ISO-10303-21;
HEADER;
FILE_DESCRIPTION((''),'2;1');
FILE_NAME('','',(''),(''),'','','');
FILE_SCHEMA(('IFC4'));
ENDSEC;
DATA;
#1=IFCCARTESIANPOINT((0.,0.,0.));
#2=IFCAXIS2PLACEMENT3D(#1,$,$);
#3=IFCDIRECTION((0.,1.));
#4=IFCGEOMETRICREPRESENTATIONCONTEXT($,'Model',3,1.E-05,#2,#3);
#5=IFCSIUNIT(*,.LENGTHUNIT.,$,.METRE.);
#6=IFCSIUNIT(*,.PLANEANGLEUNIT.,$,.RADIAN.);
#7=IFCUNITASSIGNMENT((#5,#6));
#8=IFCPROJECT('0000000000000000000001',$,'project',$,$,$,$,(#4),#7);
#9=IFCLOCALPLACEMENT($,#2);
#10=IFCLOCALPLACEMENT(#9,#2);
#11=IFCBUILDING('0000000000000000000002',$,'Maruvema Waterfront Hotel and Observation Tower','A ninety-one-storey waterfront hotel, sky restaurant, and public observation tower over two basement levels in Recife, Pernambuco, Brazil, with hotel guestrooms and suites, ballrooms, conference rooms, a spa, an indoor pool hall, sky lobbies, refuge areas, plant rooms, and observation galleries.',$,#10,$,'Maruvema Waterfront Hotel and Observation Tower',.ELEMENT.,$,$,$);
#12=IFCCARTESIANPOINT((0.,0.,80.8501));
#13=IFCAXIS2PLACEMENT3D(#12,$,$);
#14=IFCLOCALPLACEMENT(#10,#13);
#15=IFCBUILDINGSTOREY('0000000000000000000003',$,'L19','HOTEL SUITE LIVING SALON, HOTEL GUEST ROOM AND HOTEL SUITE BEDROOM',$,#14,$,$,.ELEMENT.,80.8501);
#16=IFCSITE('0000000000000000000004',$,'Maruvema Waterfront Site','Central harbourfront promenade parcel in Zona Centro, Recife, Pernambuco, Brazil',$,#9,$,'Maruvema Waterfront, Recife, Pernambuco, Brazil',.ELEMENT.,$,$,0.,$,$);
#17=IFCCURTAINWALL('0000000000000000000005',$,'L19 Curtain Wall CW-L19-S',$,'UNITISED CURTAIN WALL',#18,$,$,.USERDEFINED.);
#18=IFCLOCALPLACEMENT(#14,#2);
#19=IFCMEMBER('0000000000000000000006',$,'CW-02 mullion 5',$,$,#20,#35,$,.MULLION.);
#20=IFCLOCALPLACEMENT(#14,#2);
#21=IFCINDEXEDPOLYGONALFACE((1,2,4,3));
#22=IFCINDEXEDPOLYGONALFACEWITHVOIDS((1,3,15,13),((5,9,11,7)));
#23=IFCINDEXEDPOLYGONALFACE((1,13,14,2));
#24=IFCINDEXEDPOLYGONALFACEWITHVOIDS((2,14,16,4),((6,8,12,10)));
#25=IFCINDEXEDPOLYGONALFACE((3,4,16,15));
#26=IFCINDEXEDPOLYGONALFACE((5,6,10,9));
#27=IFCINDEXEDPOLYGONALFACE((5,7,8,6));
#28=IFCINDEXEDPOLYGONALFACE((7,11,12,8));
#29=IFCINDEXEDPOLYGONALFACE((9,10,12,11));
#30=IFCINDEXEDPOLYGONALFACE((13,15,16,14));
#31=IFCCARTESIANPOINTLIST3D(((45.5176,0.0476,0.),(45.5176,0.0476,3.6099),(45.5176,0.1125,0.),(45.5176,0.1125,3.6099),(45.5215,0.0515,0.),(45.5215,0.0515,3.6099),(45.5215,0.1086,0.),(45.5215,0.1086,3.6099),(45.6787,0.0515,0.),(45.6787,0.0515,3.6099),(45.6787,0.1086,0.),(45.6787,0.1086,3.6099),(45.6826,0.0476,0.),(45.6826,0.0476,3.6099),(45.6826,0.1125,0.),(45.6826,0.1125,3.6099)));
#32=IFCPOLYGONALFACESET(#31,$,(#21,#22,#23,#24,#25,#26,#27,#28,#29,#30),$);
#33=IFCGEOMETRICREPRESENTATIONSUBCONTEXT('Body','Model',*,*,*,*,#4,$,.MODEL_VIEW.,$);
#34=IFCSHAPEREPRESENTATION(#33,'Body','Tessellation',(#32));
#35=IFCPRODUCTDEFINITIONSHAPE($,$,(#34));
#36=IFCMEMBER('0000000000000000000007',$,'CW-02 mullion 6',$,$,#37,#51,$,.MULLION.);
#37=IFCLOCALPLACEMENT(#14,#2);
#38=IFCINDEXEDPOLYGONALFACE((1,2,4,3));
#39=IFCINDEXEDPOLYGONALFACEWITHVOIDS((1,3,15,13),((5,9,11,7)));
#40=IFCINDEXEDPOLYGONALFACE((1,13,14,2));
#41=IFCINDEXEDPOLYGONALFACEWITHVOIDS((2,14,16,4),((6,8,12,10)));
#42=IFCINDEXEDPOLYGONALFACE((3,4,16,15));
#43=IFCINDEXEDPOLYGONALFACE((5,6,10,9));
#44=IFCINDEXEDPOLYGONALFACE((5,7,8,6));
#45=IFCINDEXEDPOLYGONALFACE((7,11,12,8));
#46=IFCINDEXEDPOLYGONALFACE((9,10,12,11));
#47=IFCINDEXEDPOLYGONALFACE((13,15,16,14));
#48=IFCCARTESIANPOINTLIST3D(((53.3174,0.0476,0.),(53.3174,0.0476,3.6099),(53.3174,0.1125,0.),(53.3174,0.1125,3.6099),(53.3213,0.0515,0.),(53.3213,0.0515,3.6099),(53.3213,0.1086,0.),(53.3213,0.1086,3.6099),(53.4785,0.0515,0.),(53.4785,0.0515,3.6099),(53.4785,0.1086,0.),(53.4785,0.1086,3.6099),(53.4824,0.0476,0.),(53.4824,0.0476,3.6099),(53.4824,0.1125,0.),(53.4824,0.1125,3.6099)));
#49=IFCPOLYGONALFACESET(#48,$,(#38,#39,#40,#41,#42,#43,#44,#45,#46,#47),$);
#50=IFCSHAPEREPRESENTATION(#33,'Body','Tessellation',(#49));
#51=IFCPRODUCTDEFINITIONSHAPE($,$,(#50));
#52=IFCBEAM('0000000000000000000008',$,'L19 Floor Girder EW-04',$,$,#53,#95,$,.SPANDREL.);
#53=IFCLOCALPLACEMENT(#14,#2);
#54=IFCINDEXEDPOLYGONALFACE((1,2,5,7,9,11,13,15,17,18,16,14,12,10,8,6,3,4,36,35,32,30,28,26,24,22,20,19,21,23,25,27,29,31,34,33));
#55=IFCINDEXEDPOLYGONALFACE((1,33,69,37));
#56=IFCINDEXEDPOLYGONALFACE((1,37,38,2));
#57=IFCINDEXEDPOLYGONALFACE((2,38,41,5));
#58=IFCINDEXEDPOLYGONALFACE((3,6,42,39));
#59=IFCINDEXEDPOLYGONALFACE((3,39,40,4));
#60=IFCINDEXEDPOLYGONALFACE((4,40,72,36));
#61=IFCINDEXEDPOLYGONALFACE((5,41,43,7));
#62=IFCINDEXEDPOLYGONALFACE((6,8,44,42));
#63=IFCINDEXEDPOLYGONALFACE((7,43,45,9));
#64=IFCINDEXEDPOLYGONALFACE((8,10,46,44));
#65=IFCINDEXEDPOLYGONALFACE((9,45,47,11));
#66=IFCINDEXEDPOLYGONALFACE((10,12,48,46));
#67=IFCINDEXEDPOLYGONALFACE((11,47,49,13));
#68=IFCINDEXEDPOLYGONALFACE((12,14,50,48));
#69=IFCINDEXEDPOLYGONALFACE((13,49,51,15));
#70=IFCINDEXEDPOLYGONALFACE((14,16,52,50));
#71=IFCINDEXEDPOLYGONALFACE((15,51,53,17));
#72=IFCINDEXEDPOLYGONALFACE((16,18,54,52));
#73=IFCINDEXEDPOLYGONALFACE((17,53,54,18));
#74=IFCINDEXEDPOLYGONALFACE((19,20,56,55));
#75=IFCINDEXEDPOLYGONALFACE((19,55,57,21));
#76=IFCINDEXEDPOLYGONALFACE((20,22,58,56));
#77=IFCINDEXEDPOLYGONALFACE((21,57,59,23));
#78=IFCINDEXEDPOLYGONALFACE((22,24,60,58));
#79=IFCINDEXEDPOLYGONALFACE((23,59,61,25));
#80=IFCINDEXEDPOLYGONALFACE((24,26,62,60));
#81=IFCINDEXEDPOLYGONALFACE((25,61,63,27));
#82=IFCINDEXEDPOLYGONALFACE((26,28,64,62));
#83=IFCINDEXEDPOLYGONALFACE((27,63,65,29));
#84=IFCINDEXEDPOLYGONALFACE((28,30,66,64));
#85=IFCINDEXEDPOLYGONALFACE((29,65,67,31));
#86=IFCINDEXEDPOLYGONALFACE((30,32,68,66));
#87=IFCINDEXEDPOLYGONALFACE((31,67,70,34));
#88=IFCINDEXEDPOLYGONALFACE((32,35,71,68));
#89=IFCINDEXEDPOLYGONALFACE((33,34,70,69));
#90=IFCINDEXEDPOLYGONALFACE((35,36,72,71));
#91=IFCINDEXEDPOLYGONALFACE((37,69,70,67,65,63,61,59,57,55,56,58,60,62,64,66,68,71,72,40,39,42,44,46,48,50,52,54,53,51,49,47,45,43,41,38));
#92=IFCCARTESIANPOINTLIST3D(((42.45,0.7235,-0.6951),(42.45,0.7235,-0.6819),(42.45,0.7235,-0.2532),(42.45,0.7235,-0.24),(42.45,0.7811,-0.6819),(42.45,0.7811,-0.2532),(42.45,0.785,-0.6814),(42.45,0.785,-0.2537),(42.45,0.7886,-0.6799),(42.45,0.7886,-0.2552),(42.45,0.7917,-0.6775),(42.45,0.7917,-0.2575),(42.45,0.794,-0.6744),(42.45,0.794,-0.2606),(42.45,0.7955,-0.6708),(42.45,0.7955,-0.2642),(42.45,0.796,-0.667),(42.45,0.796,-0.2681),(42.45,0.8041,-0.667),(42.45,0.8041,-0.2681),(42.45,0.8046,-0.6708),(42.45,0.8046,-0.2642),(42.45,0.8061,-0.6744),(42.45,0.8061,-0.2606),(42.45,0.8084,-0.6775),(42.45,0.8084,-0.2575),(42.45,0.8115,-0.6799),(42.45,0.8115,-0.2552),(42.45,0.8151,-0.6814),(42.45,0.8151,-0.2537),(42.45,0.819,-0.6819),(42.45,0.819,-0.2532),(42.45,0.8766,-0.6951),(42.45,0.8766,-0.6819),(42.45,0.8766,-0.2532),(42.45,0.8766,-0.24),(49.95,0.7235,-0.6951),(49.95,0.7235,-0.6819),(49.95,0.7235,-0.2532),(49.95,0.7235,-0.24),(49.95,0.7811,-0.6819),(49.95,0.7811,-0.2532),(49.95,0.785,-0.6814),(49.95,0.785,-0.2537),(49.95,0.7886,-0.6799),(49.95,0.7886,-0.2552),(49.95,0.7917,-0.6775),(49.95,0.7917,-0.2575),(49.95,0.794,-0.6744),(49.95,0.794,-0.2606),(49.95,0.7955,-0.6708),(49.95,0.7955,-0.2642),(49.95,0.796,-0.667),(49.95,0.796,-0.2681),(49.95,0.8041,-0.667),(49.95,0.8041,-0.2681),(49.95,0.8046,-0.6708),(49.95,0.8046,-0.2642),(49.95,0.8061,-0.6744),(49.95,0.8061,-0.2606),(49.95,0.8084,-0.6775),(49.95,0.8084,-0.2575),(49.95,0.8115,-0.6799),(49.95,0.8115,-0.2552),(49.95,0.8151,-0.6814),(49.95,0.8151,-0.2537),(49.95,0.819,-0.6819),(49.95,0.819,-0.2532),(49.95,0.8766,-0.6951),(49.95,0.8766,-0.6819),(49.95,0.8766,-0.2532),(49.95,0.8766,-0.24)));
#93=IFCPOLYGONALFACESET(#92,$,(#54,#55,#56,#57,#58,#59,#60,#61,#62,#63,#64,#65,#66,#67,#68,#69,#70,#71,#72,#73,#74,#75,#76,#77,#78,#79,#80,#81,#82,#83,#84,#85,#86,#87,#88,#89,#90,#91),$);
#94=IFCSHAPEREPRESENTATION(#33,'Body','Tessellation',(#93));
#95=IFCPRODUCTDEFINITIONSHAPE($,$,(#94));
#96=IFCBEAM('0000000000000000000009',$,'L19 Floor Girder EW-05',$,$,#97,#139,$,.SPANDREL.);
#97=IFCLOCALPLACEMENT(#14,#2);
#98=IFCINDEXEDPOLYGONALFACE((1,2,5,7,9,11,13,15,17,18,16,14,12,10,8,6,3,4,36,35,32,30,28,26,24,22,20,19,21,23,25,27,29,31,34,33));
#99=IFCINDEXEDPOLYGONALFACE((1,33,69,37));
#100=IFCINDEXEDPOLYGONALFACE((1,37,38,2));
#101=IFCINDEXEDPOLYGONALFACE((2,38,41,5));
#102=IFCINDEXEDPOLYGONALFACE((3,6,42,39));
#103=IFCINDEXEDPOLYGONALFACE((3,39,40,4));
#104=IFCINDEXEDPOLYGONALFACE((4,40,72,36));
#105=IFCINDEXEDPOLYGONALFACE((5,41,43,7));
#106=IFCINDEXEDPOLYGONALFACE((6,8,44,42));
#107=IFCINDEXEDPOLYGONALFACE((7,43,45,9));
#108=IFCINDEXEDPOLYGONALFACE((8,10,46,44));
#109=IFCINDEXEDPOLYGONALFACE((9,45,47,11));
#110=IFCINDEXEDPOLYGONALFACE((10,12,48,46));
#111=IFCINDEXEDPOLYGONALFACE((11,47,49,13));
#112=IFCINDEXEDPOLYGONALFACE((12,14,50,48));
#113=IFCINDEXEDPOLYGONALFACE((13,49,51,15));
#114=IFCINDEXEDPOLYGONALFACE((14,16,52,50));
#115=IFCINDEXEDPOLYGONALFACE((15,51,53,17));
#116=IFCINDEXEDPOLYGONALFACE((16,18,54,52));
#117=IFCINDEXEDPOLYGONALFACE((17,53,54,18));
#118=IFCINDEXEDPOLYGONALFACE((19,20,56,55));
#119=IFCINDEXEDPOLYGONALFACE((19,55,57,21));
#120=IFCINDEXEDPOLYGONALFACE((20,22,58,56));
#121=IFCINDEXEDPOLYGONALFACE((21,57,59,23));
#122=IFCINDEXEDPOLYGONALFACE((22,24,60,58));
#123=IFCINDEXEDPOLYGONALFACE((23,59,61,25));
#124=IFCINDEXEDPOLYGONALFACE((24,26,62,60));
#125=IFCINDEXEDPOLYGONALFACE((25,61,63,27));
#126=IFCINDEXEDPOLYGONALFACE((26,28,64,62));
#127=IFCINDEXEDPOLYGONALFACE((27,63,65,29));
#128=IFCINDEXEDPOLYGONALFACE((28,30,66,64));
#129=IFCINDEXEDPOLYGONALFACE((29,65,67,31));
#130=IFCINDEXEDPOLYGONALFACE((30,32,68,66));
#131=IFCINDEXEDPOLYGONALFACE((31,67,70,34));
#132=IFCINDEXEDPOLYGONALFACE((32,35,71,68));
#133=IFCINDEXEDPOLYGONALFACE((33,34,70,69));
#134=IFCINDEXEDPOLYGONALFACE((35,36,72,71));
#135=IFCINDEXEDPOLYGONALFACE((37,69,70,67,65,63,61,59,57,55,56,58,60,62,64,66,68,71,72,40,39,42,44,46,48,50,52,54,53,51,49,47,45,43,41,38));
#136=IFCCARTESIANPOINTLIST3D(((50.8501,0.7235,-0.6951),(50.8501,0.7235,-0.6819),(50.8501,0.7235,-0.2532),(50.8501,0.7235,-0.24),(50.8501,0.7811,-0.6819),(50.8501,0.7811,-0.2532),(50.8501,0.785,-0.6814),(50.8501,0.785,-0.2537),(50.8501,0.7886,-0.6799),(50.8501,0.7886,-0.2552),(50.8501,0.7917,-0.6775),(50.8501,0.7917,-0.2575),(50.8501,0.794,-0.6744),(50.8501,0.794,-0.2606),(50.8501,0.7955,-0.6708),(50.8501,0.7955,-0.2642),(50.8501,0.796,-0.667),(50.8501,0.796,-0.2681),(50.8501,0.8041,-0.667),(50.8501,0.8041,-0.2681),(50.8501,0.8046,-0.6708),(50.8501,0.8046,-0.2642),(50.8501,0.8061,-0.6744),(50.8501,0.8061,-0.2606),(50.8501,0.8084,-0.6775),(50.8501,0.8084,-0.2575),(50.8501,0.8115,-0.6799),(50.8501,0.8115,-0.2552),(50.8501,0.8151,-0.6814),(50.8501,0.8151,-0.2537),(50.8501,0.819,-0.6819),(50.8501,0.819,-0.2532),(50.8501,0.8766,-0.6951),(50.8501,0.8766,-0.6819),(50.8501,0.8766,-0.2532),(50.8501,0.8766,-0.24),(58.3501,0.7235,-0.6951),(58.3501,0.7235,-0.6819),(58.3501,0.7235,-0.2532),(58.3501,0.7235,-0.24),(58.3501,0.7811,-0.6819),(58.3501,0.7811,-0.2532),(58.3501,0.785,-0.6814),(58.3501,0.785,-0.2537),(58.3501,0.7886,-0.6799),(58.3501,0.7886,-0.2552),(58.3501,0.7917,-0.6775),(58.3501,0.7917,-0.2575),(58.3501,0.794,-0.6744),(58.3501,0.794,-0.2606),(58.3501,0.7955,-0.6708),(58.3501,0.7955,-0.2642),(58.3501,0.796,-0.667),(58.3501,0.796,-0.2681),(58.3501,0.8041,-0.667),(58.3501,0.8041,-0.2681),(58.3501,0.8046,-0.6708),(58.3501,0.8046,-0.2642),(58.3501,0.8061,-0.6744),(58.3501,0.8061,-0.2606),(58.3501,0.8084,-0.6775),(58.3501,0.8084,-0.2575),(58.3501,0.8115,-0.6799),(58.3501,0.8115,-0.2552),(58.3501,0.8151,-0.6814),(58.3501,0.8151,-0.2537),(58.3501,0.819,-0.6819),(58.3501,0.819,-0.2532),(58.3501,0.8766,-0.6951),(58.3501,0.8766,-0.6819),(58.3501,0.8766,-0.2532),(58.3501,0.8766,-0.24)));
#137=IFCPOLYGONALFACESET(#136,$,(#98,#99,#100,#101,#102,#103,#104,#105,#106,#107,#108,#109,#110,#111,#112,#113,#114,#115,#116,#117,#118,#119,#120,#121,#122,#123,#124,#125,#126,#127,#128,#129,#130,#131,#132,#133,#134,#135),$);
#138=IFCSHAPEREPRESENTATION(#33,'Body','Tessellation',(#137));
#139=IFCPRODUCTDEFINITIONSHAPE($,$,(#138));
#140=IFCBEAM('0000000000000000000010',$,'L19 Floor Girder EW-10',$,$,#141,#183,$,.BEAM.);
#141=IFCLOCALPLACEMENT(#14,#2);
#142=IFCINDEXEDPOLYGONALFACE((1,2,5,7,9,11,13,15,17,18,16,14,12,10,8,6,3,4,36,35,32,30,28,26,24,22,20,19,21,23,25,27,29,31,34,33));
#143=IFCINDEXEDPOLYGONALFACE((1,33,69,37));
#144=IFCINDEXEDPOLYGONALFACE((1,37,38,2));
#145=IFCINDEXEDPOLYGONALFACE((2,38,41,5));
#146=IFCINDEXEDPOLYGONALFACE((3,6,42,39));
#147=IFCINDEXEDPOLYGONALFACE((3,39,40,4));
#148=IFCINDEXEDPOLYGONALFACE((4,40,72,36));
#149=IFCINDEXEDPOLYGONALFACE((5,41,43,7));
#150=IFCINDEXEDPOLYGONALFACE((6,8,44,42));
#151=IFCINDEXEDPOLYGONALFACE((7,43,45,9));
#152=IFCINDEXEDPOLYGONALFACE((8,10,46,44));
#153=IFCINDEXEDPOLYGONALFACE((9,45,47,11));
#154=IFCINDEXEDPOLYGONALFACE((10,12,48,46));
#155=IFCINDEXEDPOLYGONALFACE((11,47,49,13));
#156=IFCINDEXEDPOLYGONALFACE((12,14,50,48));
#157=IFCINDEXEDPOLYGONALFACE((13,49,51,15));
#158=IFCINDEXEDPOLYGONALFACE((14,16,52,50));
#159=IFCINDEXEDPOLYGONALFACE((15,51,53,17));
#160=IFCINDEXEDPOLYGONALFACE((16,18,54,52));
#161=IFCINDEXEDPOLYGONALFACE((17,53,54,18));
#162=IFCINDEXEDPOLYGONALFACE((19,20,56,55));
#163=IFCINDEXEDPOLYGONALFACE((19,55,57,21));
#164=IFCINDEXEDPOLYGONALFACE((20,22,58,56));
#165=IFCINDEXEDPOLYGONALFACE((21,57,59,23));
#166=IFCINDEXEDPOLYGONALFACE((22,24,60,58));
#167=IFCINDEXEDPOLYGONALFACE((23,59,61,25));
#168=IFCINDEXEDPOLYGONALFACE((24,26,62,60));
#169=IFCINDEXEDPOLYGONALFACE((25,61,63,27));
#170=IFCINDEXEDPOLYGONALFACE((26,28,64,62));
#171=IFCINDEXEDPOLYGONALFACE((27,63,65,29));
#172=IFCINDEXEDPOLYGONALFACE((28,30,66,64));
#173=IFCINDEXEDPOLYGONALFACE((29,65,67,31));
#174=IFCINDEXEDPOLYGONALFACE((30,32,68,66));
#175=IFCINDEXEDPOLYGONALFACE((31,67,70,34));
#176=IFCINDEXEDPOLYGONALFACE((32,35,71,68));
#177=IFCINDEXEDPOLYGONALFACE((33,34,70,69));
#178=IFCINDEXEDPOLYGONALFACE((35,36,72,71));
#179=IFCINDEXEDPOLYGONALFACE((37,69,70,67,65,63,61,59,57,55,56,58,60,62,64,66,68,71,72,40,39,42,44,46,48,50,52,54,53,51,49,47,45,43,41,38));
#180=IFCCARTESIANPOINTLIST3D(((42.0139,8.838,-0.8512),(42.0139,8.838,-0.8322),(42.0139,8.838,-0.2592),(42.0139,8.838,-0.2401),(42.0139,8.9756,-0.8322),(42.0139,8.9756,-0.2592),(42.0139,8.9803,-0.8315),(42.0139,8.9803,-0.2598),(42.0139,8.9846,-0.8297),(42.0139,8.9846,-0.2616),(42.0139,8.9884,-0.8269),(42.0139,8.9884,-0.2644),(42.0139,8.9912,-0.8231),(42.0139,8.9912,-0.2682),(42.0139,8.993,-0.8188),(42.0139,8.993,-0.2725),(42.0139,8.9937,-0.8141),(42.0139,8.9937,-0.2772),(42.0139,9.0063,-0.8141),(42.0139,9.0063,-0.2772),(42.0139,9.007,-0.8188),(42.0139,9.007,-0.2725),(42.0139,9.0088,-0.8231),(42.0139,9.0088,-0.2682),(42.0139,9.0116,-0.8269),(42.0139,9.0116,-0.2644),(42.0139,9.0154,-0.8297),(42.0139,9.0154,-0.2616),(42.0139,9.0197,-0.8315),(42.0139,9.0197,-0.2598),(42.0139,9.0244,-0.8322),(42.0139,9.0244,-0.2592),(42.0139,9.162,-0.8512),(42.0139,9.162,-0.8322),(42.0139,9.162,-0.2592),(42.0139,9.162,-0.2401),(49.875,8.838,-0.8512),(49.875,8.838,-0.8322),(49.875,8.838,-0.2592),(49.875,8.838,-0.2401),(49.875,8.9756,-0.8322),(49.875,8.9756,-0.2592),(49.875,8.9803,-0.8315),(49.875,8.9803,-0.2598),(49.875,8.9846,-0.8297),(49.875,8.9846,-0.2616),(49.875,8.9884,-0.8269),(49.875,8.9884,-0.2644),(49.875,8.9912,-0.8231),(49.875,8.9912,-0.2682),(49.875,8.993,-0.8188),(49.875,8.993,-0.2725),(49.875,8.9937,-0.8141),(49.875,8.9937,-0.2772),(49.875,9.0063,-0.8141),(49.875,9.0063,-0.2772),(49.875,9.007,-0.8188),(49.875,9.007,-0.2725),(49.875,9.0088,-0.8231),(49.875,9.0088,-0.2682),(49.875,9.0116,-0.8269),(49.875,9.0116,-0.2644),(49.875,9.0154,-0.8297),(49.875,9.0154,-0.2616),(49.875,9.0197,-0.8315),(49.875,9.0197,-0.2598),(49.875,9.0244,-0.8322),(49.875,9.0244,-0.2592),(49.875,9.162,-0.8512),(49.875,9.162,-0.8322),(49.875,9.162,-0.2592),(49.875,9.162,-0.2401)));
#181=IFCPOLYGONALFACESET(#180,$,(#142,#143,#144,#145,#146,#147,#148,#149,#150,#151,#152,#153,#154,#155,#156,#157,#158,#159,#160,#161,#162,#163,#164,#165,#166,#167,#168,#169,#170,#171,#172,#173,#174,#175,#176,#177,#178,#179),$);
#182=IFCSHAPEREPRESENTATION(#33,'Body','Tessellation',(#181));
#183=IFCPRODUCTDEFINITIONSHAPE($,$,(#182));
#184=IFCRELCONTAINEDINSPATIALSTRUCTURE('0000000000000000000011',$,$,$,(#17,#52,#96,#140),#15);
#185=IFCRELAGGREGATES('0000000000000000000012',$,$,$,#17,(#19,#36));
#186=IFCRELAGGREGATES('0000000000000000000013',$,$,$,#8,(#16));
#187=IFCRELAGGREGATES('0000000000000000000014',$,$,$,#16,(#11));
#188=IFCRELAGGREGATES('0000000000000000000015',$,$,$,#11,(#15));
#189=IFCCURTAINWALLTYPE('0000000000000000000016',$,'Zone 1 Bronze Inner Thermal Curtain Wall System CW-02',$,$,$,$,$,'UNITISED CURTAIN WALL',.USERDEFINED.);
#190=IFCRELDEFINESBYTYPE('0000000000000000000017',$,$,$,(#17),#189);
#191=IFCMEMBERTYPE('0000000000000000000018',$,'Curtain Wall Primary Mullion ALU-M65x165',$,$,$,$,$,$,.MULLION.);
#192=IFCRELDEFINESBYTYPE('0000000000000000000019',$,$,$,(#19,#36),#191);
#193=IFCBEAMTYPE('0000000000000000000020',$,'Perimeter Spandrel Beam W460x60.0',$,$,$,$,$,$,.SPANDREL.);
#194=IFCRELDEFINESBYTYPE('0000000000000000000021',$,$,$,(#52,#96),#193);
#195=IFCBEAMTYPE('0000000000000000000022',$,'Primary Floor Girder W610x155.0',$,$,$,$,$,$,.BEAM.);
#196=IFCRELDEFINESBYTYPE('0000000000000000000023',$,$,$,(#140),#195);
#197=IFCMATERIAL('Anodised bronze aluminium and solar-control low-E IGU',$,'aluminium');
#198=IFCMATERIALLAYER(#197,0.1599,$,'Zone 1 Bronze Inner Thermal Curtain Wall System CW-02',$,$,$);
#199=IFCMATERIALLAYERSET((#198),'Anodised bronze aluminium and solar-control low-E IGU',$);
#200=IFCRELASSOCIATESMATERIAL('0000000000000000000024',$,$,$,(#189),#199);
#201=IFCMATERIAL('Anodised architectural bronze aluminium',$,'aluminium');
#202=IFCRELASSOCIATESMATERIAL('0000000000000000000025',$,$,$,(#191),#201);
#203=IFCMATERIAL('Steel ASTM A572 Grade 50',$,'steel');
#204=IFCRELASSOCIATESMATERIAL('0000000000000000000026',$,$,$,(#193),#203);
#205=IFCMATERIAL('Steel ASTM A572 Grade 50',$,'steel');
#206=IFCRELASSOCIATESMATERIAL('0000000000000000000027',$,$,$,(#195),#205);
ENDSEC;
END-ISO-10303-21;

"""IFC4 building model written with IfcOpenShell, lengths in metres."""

from ifc_helpers import new_model, si_unit, direction, frame, origin, origin_2d, place, context, subcontext, project, spatial, hollow_rectangle, i_section, extrude, material, layer, layer_set, material_profile, profile_set, type_object, element, aggregate, save


model = new_model("IFC4")

# Units and contexts
model_context = context("Model", 3, precision=1e-05, world=origin(), true_north=direction((0.0, 1.0)))
body_context = subcontext(model_context, "Body", "Model", "MODEL_VIEW")
ifc_project = project(units=[si_unit("LENGTHUNIT", "METRE"), si_unit("PLANEANGLEUNIT", "RADIAN")], contexts=[model_context])

# Site, building, storey
site_placement = place(None, origin())
site = spatial("IfcSite", under=ifc_project, at=site_placement, Name="Maruvema Waterfront Site", Description="Central harbourfront promenade parcel in Zona Centro, Recife, Pernambuco, Brazil", LongName="Maruvema Waterfront, Recife, Pernambuco, Brazil", CompositionType="ELEMENT", RefElevation=0.0)
building_placement = place(site_placement, origin())
building = spatial("IfcBuilding", under=site, at=building_placement, Name="Maruvema Waterfront Hotel and Observation Tower", Description="A ninety-one-storey waterfront hotel, sky restaurant, and public observation tower over two basement levels in Recife, Pernambuco, Brazil, with hotel guestrooms and suites, ballrooms, conference rooms, a spa, an indoor pool hall, sky lobbies, refuge areas, plant rooms, and observation galleries.", LongName="Maruvema Waterfront Hotel and Observation Tower", CompositionType="ELEMENT")
storey_placement = place(building_placement, frame((0.0, 0.0, 80.8501)))
storey = spatial("IfcBuildingStorey", under=building, at=storey_placement, Name="L19", Description="HOTEL SUITE LIVING SALON, HOTEL GUEST ROOM AND HOTEL SUITE BEDROOM", CompositionType="ELEMENT", Elevation=80.8501)

# Curtain wall, members
ifc_material_1 = material(Name="Anodised bronze aluminium and solar-control low-E IGU", Category="aluminium")
ifc_layer_1 = layer(ifc_material_1, 0.1599, Name="Zone 1 Bronze Inner Thermal Curtain Wall System CW-02")
ifc_layer_set_1 = layer_set([ifc_layer_1], Name="Anodised bronze aluminium and solar-control low-E IGU")
curtain_wall_type = type_object("IfcCurtainWallType", Name="Zone 1 Bronze Inner Thermal Curtain Wall System CW-02", ElementType="UNITISED CURTAIN WALL", PredefinedType="USERDEFINED", material=ifc_layer_set_1)
curtain_wall_placement = place(storey_placement, origin())
curtain_wall = element("IfcCurtainWall", 1, at=curtain_wall_placement, inside=storey, type_object=curtain_wall_type, Name="L19 Curtain Wall CW-L19-S", ObjectType="UNITISED CURTAIN WALL", PredefinedType="USERDEFINED")
ifc_material_2 = material(Name="Anodised architectural bronze aluminium", Category="aluminium")
ifc_material_profile_1 = material_profile(ifc_material_2, hollow_rectangle(XDim=0.0649, YDim=0.165, WallThickness=0.0039, at=origin_2d()), Name="ALU-M65x165")
ifc_profile_set_1 = profile_set([ifc_material_profile_1], Name="Anodised architectural bronze aluminium")
member_type_1 = type_object("IfcMemberType", Name="Curtain Wall Primary Mullion ALU-M65x165", PredefinedType="MULLION", material=ifc_profile_set_1)
member_1_placement = place(storey_placement, frame((45.6001, 0.0801, 0.0), z_axis=(0.0, 0.0, 1.0), x_axis=(0.0, 1.0, 0.0)))
member_1 = element("IfcMember", 2, at=member_1_placement, type_object=member_type_1, Name="CW-02 mullion 5", PredefinedType="MULLION", context=body_context, shape_type="SweptSolid", body=[
    extrude(hollow_rectangle(XDim=0.0649, YDim=0.165, WallThickness=0.0039, at=origin_2d()), origin(), (0.0, 0.0, 1.0), 3.6099),
])
member_2_placement = place(storey_placement, frame((53.3999, 0.0801, 0.0), z_axis=(0.0, 0.0, 1.0), x_axis=(0.0, 1.0, 0.0)))
member_2 = element("IfcMember", 3, at=member_2_placement, type_object=member_type_1, Name="CW-02 mullion 6", PredefinedType="MULLION", context=body_context, shape_type="SweptSolid", body=[
    extrude(hollow_rectangle(XDim=0.0649, YDim=0.165, WallThickness=0.0039, at=origin_2d()), origin(), (0.0, 0.0, 1.0), 3.6099),
])

# Beams
ifc_material_3 = material(Name="Steel ASTM A572 Grade 50", Category="steel")
ifc_material_profile_2 = material_profile(ifc_material_3, i_section(OverallWidth=0.1531, OverallDepth=0.4551, WebThickness=0.0081, FlangeThickness=0.0132, FilletRadius=0.0149, at=origin_2d()), Name="W460x60.0")
ifc_profile_set_2 = profile_set([ifc_material_profile_2], Name="Steel ASTM A572 Grade 50")
beam_type_1 = type_object("IfcBeamType", Name="Perimeter Spandrel Beam W460x60.0", PredefinedType="SPANDREL", material=ifc_profile_set_2)
for number, where, z_axis, x_axis, name in (
    (4, (42.45, 0.8, -0.4675), (1.0, 0.0, 0.0), (0.0, 1.0, 0.0), "L19 Floor Girder EW-04"),
    (5, (50.8501, 0.8, -0.4675), (1.0, 0.0, 0.0), (0.0, 1.0, 0.0), "L19 Floor Girder EW-05"),
):
    element("IfcBeam", number, at=place(storey_placement, frame(where, z_axis=z_axis, x_axis=x_axis)), inside=storey, type_object=beam_type_1, Name=name, PredefinedType="SPANDREL", context=body_context, shape_type="SweptSolid", body=[
        extrude(i_section(OverallWidth=0.1531, OverallDepth=0.4551, WebThickness=0.0081, FlangeThickness=0.0132, FilletRadius=0.0149, at=origin_2d()), origin(), (0.0, 0.0, 1.0), 7.5),
    ])
ifc_material_4 = material(Name="Steel ASTM A572 Grade 50", Category="steel")
ifc_material_profile_3 = material_profile(ifc_material_4, i_section(OverallWidth=0.324, OverallDepth=0.6111, WebThickness=0.0127, FlangeThickness=0.019, FilletRadius=0.0181, at=origin_2d()), Name="W610x155.0")
ifc_profile_set_3 = profile_set([ifc_material_profile_3], Name="Steel ASTM A572 Grade 50")
beam_type_2 = type_object("IfcBeamType", Name="Primary Floor Girder W610x155.0", PredefinedType="BEAM", material=ifc_profile_set_3)
beam_1_placement = place(storey_placement, frame((42.0139, 9.0, -0.5457), z_axis=(1.0, 0.0, 0.0), x_axis=(0.0, 1.0, 0.0)))
element("IfcBeam", 6, at=beam_1_placement, inside=storey, type_object=beam_type_2, Name="L19 Floor Girder EW-10", PredefinedType="BEAM", context=body_context, shape_type="SweptSolid", body=[
    extrude(i_section(OverallWidth=0.324, OverallDepth=0.6111, WebThickness=0.0127, FlangeThickness=0.019, FilletRadius=0.0181, at=origin_2d()), origin(), (0.0, 0.0, 1.0), 7.8611),
])

aggregate(curtain_wall, [member_1, member_2])

save(model, "model.ifc")
